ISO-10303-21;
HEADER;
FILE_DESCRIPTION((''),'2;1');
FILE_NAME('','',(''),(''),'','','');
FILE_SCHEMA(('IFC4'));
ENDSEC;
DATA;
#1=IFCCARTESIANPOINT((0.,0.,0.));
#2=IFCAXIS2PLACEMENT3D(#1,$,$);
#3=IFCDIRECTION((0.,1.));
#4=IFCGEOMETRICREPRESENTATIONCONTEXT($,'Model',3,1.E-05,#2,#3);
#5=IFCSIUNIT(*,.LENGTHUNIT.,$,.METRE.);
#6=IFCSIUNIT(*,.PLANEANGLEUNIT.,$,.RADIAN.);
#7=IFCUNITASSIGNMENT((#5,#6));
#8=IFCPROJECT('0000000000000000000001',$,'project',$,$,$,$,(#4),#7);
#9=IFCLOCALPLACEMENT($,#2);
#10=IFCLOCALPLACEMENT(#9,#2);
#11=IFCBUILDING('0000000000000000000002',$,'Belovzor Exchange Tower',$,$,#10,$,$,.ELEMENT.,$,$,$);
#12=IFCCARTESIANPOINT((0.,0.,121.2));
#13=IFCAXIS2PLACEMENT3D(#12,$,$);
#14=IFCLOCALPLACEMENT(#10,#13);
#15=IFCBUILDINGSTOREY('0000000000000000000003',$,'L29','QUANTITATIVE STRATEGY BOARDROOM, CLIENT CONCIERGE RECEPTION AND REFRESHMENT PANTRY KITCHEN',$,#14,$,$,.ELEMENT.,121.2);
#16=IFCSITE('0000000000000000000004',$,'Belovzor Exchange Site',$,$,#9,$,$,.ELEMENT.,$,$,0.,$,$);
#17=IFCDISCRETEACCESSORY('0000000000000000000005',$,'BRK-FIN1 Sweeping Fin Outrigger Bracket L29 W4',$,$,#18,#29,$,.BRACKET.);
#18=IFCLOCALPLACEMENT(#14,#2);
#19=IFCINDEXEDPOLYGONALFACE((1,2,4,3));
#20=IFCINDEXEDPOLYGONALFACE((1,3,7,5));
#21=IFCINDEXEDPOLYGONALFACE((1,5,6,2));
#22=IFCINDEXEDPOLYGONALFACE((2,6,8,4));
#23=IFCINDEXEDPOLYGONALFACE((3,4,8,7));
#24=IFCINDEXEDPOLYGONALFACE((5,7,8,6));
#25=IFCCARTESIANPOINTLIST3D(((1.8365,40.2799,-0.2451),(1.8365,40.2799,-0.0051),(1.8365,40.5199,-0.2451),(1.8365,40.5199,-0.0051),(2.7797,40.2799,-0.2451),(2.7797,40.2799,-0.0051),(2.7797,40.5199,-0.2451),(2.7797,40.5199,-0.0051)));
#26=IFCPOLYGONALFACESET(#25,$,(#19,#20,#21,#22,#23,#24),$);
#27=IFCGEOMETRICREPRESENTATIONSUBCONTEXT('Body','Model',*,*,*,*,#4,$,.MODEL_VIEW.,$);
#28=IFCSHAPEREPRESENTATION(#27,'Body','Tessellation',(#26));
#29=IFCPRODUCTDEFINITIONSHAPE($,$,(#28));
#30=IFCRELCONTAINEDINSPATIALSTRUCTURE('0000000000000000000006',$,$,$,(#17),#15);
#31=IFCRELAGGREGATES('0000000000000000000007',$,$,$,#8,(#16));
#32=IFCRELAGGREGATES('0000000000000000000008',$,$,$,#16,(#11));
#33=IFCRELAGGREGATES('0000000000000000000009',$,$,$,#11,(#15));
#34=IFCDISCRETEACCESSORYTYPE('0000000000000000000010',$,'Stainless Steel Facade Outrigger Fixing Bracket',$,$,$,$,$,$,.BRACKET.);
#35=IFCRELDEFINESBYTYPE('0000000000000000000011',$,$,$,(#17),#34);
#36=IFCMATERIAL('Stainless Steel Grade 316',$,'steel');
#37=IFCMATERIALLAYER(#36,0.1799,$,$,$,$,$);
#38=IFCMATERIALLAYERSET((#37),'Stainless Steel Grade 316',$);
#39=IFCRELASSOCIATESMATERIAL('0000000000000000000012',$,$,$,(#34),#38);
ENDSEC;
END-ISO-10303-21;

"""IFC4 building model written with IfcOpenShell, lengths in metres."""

from ifc_helpers import new_model, si_unit, direction, frame, origin, origin_2d, place, context, subcontext, project, spatial, rectangle, extrude, material, layer, layer_set, type_object, element, save


model = new_model("IFC4")

# Units and contexts
model_context = context("Model", 3, precision=1e-05, world=origin(), true_north=direction((0.0, 1.0)))
body_context = subcontext(model_context, "Body", "Model", "MODEL_VIEW")
ifc_project = project(units=[si_unit("LENGTHUNIT", "METRE"), si_unit("PLANEANGLEUNIT", "RADIAN")], contexts=[model_context])

# Site, building, storey
site_placement = place(None, origin())
site = spatial("IfcSite", under=ifc_project, at=site_placement, Name="Belovzor Exchange Site", CompositionType="ELEMENT", RefElevation=0.0)
building_placement = place(site_placement, origin())
building = spatial("IfcBuilding", under=site, at=building_placement, Name="Belovzor Exchange Tower", CompositionType="ELEMENT")
storey_placement = place(building_placement, frame((0.0, 0.0, 121.2)))
storey = spatial("IfcBuildingStorey", under=building, at=storey_placement, Name="L29", Description="QUANTITATIVE STRATEGY BOARDROOM, CLIENT CONCIERGE RECEPTION AND REFRESHMENT PANTRY KITCHEN", CompositionType="ELEMENT", Elevation=121.2)

# Discrete accessory
ifc_material_1 = material(Name="Stainless Steel Grade 316", Category="steel")
ifc_layer_1 = layer(ifc_material_1, 0.1799)
ifc_layer_set_1 = layer_set([ifc_layer_1], Name="Stainless Steel Grade 316")
discrete_accessory_type = type_object("IfcDiscreteAccessoryType", Name="Stainless Steel Facade Outrigger Fixing Bracket", PredefinedType="BRACKET", material=ifc_layer_set_1)
for number, where, z_axis, x_axis, name in (
    (1, (2.3081, 40.3999, -0.2451), (0.0, 0.0, 1.0), (1.0, 0.0, 0.0), "BRK-FIN1 Sweeping Fin Outrigger Bracket L29 W4"),
):
    element("IfcDiscreteAccessory", number, at=place(storey_placement, frame(where, z_axis=z_axis, x_axis=x_axis)), inside=storey, type_object=discrete_accessory_type, Name=name, PredefinedType="BRACKET", context=body_context, shape_type="SweptSolid", body=[
        extrude(rectangle(XDim=0.9431, YDim=0.24, at=origin_2d()), origin(), (0.0, 0.0, 1.0), 0.24),
    ])

save(model, "model.ifc")
